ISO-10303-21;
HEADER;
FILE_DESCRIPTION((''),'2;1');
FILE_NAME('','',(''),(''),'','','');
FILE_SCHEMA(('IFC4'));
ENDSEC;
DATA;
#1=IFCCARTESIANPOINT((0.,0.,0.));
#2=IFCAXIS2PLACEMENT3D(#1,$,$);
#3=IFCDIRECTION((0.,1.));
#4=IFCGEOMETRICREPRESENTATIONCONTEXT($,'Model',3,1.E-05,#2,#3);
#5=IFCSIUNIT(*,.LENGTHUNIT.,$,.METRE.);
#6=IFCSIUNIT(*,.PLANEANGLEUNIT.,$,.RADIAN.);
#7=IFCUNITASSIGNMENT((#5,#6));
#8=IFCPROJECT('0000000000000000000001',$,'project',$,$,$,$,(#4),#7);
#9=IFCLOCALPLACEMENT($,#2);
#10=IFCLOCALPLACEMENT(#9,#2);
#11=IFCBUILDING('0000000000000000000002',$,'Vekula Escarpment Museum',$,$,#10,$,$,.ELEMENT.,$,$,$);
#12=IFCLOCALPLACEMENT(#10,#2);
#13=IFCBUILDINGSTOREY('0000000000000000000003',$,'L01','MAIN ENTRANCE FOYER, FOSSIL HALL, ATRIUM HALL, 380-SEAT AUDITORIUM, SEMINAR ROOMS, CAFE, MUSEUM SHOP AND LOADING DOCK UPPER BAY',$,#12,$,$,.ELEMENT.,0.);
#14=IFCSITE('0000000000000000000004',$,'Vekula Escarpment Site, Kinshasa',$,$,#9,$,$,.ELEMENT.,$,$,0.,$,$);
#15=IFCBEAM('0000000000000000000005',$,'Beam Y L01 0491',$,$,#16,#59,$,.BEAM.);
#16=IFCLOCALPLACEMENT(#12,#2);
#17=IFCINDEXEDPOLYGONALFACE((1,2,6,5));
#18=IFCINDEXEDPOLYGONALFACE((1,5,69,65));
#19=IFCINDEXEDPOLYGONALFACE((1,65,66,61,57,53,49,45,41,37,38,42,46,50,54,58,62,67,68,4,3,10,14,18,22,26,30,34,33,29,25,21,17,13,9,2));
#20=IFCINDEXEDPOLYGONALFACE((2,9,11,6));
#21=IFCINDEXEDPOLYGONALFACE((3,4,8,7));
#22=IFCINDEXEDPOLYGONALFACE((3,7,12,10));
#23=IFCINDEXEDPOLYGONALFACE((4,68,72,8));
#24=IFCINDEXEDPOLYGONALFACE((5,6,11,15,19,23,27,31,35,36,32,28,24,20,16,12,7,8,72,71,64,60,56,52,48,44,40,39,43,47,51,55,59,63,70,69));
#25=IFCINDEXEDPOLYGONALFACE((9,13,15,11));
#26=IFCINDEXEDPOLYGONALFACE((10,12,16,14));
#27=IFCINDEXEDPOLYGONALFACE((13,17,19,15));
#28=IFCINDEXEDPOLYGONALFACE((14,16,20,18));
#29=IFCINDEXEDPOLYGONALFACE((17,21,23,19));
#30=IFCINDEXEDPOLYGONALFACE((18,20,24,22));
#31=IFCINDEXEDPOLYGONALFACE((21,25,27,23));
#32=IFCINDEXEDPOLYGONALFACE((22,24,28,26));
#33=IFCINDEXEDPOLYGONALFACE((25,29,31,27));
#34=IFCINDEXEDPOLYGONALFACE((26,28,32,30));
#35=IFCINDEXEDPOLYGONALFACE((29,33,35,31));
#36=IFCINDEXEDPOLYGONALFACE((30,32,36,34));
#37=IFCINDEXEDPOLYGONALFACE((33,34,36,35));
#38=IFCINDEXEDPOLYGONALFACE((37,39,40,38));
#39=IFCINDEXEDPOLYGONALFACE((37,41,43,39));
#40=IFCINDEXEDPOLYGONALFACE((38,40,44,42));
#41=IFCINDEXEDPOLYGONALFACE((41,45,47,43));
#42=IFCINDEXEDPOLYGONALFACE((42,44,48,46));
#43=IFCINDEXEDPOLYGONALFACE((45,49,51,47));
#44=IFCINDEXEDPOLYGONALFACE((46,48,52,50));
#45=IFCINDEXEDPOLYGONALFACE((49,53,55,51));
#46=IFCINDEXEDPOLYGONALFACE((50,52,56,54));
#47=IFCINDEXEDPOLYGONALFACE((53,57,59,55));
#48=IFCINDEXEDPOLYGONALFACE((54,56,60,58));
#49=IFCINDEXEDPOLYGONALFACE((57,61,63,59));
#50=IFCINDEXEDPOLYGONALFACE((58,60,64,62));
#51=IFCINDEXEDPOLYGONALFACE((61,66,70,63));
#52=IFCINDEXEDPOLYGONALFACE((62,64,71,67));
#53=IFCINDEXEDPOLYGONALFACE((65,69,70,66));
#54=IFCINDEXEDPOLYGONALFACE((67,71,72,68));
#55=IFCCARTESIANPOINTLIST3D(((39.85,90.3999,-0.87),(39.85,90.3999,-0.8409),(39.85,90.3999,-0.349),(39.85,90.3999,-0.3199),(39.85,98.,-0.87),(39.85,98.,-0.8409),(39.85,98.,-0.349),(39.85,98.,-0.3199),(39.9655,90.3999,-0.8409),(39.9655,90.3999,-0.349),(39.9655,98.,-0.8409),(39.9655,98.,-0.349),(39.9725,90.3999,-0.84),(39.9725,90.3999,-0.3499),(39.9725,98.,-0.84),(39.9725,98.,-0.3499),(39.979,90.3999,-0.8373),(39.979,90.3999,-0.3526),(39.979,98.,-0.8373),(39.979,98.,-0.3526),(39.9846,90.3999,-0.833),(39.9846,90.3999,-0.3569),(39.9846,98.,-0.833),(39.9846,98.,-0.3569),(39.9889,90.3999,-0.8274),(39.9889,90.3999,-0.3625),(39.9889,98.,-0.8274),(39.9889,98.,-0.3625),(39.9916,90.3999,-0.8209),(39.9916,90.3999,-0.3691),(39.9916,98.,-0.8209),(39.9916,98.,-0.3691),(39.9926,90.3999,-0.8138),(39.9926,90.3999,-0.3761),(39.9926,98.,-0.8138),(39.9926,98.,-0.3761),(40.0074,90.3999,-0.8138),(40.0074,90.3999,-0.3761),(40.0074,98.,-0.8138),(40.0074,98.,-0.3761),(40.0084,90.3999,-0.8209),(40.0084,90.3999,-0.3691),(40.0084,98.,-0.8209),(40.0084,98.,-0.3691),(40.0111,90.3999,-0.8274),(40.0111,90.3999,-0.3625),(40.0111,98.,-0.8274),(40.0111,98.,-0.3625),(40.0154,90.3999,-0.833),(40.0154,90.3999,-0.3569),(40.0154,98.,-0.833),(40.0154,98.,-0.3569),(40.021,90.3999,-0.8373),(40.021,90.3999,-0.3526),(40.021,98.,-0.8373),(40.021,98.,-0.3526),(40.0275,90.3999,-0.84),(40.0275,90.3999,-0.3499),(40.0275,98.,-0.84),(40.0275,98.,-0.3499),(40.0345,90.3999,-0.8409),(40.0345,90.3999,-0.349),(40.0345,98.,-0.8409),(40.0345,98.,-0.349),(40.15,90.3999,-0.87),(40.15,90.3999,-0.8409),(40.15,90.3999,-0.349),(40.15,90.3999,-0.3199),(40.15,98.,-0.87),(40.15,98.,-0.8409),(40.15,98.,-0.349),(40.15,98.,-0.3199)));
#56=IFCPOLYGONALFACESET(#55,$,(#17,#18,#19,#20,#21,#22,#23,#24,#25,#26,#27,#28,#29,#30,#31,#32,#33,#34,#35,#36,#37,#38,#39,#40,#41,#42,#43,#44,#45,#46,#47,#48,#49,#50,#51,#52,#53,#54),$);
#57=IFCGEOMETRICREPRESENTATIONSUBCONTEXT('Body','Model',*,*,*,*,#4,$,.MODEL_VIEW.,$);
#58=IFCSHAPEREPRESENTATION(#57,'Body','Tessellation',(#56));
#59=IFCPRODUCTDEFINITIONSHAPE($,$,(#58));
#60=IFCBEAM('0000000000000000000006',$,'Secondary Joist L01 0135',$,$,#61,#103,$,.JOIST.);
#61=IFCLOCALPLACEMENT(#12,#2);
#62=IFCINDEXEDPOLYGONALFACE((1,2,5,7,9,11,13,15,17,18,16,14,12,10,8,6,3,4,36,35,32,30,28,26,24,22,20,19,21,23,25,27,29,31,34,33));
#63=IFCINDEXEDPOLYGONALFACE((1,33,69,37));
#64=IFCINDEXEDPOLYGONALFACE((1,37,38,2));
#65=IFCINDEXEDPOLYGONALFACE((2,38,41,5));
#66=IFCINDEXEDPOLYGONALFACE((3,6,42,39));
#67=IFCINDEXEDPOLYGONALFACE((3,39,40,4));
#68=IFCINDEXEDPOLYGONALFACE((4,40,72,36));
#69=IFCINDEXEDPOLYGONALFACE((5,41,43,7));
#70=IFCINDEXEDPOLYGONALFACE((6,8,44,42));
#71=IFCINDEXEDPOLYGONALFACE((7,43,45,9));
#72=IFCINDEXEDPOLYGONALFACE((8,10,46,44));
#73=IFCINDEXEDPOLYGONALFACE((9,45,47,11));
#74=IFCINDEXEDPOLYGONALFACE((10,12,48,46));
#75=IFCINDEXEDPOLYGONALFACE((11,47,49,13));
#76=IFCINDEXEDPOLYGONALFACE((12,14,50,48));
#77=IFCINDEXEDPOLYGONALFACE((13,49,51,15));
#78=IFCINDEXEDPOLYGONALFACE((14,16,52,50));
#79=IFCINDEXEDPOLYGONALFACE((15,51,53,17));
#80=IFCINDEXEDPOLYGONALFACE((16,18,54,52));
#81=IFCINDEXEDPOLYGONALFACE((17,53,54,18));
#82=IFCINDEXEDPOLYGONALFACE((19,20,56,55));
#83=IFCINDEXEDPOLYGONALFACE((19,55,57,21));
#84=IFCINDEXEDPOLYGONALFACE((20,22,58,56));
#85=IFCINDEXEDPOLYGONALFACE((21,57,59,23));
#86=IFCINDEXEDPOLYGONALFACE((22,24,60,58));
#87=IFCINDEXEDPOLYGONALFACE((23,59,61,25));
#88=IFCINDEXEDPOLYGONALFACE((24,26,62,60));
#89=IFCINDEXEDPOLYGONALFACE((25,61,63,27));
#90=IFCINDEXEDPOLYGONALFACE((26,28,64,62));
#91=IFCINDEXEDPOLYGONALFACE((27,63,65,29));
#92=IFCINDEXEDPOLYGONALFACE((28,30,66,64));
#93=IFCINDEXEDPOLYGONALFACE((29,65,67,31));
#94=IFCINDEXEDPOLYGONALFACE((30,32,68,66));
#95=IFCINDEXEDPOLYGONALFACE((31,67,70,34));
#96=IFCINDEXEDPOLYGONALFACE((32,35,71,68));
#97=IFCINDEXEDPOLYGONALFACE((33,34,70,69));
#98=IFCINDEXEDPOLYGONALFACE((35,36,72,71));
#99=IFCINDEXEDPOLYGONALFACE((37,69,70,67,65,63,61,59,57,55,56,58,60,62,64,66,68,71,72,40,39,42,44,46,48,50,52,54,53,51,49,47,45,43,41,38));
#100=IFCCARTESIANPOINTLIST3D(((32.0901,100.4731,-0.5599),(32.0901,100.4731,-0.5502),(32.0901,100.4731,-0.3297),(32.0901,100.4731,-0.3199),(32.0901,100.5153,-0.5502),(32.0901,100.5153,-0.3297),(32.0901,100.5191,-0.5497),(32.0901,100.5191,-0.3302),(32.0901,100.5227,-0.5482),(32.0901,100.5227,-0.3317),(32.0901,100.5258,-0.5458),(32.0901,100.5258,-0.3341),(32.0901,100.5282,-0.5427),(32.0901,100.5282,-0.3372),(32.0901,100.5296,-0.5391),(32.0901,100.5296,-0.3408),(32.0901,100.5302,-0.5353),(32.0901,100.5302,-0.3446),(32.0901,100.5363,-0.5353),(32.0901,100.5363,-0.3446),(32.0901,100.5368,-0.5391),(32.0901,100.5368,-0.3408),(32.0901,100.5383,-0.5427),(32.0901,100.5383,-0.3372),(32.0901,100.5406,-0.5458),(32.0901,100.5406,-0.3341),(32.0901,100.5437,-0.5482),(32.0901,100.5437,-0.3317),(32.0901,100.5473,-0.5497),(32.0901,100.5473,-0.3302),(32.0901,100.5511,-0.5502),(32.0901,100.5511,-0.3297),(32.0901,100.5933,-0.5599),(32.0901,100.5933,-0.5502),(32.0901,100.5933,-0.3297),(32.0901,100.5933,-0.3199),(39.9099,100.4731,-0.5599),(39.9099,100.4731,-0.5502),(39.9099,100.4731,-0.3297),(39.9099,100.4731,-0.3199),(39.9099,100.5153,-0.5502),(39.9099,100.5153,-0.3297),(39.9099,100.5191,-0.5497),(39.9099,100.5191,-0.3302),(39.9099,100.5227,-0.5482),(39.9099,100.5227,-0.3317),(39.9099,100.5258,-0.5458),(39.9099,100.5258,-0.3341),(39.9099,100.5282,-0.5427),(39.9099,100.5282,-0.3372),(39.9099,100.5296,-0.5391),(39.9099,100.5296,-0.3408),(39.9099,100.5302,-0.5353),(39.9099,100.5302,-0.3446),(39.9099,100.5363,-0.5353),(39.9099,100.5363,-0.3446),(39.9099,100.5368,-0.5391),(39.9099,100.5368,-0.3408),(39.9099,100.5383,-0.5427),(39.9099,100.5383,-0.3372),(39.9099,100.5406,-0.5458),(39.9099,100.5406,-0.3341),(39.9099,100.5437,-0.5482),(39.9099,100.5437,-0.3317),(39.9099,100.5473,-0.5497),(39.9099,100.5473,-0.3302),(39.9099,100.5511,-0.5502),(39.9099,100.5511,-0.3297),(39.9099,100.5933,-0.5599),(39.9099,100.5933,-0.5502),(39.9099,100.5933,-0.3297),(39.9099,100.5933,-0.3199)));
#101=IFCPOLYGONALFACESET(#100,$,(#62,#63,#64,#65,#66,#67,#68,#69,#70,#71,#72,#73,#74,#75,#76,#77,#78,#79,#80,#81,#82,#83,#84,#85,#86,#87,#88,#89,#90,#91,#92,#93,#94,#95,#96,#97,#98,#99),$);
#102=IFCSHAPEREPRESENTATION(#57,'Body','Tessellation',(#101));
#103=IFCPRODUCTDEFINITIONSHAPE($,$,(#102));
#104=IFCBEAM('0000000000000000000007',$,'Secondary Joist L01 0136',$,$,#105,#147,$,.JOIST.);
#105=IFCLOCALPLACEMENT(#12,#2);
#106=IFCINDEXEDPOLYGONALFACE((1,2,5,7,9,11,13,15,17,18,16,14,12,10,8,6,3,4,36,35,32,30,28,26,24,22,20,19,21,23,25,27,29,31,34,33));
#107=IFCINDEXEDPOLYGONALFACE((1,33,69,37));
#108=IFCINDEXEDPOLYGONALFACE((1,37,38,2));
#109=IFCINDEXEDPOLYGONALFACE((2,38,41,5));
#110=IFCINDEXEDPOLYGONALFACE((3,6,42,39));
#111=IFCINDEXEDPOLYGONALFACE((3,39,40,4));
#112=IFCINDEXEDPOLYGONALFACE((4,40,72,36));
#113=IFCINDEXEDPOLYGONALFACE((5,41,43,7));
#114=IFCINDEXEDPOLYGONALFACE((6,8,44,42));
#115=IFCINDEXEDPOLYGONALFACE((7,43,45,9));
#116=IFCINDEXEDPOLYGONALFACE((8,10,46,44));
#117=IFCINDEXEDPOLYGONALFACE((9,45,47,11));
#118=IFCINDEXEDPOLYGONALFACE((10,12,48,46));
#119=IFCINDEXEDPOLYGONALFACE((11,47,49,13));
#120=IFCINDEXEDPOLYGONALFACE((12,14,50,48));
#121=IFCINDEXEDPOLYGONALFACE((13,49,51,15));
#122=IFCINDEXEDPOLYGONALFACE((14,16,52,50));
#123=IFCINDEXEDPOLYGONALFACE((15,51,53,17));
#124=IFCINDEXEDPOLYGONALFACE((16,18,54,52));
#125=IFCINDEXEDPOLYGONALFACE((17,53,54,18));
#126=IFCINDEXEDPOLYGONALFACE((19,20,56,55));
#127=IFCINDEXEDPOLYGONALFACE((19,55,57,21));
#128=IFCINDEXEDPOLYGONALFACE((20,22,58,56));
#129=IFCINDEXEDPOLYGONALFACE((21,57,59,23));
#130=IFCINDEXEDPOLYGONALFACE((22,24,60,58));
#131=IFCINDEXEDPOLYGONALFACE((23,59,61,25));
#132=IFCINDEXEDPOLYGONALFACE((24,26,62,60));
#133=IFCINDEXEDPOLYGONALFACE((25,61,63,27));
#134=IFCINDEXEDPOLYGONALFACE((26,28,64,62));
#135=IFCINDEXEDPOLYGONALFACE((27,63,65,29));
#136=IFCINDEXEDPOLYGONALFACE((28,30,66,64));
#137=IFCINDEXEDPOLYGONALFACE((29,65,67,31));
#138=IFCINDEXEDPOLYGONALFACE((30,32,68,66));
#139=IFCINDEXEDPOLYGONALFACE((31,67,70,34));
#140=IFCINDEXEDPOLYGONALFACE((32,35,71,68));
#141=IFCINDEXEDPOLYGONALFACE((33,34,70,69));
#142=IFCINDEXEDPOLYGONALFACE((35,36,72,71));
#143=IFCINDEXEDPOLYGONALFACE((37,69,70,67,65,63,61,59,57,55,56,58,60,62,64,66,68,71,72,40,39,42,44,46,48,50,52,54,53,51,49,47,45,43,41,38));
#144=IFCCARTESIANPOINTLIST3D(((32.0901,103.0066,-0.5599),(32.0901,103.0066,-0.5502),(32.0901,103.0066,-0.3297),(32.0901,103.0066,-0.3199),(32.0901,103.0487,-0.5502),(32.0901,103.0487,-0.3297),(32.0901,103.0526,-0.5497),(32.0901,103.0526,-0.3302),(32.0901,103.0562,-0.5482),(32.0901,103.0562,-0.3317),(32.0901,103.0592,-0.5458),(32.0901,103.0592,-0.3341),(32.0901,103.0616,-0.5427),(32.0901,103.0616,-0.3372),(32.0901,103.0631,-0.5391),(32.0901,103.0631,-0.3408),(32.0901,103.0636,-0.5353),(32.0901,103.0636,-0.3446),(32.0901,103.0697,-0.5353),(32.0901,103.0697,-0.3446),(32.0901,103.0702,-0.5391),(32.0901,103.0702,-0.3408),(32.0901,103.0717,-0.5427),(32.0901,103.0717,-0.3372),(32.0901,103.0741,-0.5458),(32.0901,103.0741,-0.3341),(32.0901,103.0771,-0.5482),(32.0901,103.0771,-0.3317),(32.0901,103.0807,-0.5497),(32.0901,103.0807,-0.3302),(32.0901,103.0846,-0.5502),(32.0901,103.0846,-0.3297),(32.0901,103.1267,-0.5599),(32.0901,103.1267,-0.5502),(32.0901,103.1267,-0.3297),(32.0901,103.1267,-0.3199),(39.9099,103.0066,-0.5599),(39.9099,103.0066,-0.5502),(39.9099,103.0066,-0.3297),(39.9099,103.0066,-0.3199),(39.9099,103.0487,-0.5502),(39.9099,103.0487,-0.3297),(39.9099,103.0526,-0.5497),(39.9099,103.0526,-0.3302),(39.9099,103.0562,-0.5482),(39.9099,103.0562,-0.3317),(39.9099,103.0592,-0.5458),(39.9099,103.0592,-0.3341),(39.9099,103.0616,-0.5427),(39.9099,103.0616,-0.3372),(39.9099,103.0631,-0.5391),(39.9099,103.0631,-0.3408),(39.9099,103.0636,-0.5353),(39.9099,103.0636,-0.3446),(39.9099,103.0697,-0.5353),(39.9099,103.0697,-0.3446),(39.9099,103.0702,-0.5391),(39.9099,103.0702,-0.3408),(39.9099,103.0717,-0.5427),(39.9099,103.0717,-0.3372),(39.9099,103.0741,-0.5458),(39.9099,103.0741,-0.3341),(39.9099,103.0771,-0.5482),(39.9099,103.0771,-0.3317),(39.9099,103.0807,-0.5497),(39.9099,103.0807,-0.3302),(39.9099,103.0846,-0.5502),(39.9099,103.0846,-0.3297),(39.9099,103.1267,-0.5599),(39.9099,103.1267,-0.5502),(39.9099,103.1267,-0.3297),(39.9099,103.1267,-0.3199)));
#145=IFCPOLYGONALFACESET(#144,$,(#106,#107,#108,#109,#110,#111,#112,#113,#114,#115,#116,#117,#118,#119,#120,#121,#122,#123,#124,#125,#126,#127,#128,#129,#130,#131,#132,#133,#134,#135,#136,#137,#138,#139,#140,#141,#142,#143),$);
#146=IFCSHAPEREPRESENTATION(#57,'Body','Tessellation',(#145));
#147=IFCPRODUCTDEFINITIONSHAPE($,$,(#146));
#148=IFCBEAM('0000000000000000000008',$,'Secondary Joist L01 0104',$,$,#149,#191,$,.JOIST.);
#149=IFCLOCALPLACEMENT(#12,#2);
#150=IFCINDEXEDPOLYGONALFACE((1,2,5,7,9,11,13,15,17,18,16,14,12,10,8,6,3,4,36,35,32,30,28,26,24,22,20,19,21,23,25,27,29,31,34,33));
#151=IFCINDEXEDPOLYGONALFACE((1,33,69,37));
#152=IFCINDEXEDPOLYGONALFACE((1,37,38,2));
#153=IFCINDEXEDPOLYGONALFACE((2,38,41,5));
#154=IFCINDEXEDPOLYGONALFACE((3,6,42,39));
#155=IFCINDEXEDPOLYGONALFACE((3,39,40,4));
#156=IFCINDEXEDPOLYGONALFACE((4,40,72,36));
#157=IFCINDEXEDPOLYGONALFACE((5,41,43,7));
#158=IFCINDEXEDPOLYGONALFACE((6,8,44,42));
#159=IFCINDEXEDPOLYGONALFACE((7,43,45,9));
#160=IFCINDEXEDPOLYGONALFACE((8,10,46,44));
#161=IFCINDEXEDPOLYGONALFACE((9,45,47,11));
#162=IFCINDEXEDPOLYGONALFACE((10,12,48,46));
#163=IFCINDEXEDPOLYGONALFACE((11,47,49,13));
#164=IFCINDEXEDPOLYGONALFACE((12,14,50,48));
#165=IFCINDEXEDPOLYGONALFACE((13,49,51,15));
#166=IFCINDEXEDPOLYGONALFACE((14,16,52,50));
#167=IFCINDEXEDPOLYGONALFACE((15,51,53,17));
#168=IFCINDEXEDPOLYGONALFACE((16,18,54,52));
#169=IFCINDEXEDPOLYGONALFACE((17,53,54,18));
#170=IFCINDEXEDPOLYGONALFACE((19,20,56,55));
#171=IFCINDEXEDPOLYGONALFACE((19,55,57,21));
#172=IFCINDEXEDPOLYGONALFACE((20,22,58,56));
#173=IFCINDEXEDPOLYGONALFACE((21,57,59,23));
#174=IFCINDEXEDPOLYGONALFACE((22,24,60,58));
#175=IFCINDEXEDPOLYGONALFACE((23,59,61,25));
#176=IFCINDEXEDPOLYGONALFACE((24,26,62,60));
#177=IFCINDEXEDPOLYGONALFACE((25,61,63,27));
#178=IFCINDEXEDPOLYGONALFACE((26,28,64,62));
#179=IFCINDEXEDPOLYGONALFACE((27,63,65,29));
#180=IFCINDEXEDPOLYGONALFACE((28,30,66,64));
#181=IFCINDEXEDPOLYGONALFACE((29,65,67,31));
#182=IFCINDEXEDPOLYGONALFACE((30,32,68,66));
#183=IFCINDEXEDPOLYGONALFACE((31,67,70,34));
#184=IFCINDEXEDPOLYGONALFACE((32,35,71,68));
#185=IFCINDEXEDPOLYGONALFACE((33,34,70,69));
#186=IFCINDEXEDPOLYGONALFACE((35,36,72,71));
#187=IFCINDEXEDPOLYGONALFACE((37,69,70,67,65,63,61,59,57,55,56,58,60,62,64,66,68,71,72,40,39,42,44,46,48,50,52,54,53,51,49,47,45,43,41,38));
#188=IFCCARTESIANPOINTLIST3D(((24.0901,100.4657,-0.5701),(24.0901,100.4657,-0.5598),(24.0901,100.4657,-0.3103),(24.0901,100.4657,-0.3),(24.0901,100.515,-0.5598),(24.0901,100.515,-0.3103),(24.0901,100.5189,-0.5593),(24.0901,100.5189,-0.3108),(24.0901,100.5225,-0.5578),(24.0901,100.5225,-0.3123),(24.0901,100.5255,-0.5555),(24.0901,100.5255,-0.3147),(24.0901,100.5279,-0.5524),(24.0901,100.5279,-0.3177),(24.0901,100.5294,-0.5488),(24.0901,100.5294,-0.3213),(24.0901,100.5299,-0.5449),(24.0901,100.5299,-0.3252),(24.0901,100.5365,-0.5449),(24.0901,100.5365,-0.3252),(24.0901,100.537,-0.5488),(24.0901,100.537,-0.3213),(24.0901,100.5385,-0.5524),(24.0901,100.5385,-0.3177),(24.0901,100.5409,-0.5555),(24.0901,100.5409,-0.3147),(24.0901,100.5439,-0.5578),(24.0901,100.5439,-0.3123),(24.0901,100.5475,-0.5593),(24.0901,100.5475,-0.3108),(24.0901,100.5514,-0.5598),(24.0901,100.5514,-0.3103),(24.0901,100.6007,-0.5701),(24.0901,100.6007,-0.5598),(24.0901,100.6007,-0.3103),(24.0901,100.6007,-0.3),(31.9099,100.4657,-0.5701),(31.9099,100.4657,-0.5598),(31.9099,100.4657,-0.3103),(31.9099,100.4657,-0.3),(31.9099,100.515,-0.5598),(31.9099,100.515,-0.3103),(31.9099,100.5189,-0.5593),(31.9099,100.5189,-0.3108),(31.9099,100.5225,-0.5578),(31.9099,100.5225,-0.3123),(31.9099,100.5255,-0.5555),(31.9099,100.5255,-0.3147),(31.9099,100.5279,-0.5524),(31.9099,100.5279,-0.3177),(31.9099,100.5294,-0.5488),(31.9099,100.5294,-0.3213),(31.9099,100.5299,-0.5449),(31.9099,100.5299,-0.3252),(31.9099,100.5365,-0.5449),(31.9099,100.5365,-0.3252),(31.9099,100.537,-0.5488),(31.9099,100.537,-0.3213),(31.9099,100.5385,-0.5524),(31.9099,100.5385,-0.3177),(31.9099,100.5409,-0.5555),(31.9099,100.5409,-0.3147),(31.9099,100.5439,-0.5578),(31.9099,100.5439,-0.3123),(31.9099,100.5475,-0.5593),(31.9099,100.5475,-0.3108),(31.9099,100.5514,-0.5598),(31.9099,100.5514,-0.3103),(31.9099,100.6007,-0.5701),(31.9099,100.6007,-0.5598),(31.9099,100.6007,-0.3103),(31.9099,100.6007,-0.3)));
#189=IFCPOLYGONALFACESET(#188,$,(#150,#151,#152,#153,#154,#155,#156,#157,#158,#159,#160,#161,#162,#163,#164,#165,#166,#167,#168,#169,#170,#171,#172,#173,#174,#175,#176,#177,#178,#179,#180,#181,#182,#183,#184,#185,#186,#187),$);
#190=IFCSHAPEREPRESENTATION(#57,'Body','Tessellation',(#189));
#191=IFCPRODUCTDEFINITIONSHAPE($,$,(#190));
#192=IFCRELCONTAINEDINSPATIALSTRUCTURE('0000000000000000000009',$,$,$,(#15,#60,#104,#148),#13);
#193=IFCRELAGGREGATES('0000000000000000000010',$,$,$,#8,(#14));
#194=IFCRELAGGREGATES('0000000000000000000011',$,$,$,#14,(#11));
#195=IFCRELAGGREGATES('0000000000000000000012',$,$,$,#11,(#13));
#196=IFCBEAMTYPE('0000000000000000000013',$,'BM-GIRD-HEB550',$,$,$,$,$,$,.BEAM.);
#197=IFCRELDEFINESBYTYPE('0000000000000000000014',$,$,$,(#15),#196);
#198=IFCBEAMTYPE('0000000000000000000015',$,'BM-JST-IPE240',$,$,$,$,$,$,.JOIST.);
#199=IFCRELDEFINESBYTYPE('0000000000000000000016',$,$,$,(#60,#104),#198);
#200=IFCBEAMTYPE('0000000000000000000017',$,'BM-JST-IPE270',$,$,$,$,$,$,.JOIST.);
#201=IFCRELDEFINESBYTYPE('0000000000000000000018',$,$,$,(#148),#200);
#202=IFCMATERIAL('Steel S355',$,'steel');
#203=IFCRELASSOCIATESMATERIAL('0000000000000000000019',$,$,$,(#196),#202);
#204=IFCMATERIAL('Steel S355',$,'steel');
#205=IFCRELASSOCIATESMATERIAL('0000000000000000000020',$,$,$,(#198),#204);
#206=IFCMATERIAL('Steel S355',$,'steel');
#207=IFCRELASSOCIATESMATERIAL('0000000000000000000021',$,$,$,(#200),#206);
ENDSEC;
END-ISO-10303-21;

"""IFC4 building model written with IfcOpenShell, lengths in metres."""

from ifc_helpers import new_model, si_unit, direction, frame, origin, origin_2d, place, context, subcontext, project, spatial, i_section, extrude, material, material_profile, profile_set, type_object, element, save


model = new_model("IFC4")

# Units and contexts
model_context = context("Model", 3, precision=1e-05, world=origin(), true_north=direction((0.0, 1.0)))
body_context = subcontext(model_context, "Body", "Model", "MODEL_VIEW")
ifc_project = project(units=[si_unit("LENGTHUNIT", "METRE"), si_unit("PLANEANGLEUNIT", "RADIAN")], contexts=[model_context])

# Site, building, storey
site_placement = place(None, origin())
site = spatial("IfcSite", under=ifc_project, at=site_placement, Name="Vekula Escarpment Site, Kinshasa", CompositionType="ELEMENT", RefElevation=0.0)
building_placement = place(site_placement, origin())
building = spatial("IfcBuilding", under=site, at=building_placement, Name="Vekula Escarpment Museum", CompositionType="ELEMENT")
storey_placement = place(building_placement, origin())
storey = spatial("IfcBuildingStorey", under=building, at=storey_placement, Name="L01", Description="MAIN ENTRANCE FOYER, FOSSIL HALL, ATRIUM HALL, 380-SEAT AUDITORIUM, SEMINAR ROOMS, CAFE, MUSEUM SHOP AND LOADING DOCK UPPER BAY", CompositionType="ELEMENT", Elevation=0.0)

# Beams
ifc_material_1 = material(Name="Steel S355", Category="steel")
ifc_material_profile_1 = material_profile(ifc_material_1, i_section(OverallWidth=0.3, OverallDepth=0.55, WebThickness=0.0149, FlangeThickness=0.0291, FilletRadius=0.0271, at=origin_2d()), Name="HEB 550")
ifc_profile_set_1 = profile_set([ifc_material_profile_1], Name="Steel S355")
beam_type_1 = type_object("IfcBeamType", Name="BM-GIRD-HEB550", PredefinedType="BEAM", material=ifc_profile_set_1)
beam_1_placement = place(storey_placement, frame((40.0, 90.3999, -0.595), z_axis=(0.0, 1.0, 0.0), x_axis=(-1.0, 0.0, 0.0)))
element("IfcBeam", 1, at=beam_1_placement, inside=storey, type_object=beam_type_1, Name="Beam Y L01 0491", PredefinedType="BEAM", context=body_context, shape_type="SweptSolid", body=[
    extrude(i_section(OverallWidth=0.3, OverallDepth=0.55, WebThickness=0.0149, FlangeThickness=0.0291, FilletRadius=0.0271, at=origin_2d()), origin(), (0.0, 0.0, 1.0), 7.6001),
])
ifc_material_2 = material(Name="Steel S355", Category="steel")
ifc_material_profile_2 = material_profile(ifc_material_2, i_section(OverallWidth=0.1201, OverallDepth=0.24, WebThickness=0.0061, FlangeThickness=0.0098, FilletRadius=0.0149, at=origin_2d()), Name="IPE 240")
ifc_profile_set_2 = profile_set([ifc_material_profile_2], Name="Steel S355")
beam_type_2 = type_object("IfcBeamType", Name="BM-JST-IPE240", PredefinedType="JOIST", material=ifc_profile_set_2)
for number, where, z_axis, x_axis, name in (
    (2, (32.0901, 100.5332, -0.4399), (1.0, 0.0, 0.0), (0.0, 1.0, 0.0), "Secondary Joist L01 0135"),
    (3, (32.0901, 103.0667, -0.4399), (1.0, 0.0, 0.0), (0.0, 1.0, 0.0), "Secondary Joist L01 0136"),
):
    element("IfcBeam", number, at=place(storey_placement, frame(where, z_axis=z_axis, x_axis=x_axis)), inside=storey, type_object=beam_type_2, Name=name, PredefinedType="JOIST", context=body_context, shape_type="SweptSolid", body=[
        extrude(i_section(OverallWidth=0.1201, OverallDepth=0.24, WebThickness=0.0061, FlangeThickness=0.0098, FilletRadius=0.0149, at=origin_2d()), origin(), (0.0, 0.0, 1.0), 7.8198),
    ])
ifc_material_3 = material(Name="Steel S355", Category="steel")
ifc_material_profile_3 = material_profile(ifc_material_3, i_section(OverallWidth=0.135, OverallDepth=0.27, WebThickness=0.0066, FlangeThickness=0.0103, FilletRadius=0.0149, at=origin_2d()), Name="IPE 270")
ifc_profile_set_3 = profile_set([ifc_material_profile_3], Name="Steel S355")
beam_type_3 = type_object("IfcBeamType", Name="BM-JST-IPE270", PredefinedType="JOIST", material=ifc_profile_set_3)
for number, where, z_axis, x_axis, name in (
    (4, (24.0901, 100.5332, -0.4351), (1.0, 0.0, 0.0), (0.0, 1.0, 0.0), "Secondary Joist L01 0104"),
):
    element("IfcBeam", number, at=place(storey_placement, frame(where, z_axis=z_axis, x_axis=x_axis)), inside=storey, type_object=beam_type_3, Name=name, PredefinedType="JOIST", context=body_context, shape_type="SweptSolid", body=[
        extrude(i_section(OverallWidth=0.135, OverallDepth=0.27, WebThickness=0.0066, FlangeThickness=0.0103, FilletRadius=0.0149, at=origin_2d()), origin(), (0.0, 0.0, 1.0), 7.8198),
    ])

save(model, "model.ifc")
